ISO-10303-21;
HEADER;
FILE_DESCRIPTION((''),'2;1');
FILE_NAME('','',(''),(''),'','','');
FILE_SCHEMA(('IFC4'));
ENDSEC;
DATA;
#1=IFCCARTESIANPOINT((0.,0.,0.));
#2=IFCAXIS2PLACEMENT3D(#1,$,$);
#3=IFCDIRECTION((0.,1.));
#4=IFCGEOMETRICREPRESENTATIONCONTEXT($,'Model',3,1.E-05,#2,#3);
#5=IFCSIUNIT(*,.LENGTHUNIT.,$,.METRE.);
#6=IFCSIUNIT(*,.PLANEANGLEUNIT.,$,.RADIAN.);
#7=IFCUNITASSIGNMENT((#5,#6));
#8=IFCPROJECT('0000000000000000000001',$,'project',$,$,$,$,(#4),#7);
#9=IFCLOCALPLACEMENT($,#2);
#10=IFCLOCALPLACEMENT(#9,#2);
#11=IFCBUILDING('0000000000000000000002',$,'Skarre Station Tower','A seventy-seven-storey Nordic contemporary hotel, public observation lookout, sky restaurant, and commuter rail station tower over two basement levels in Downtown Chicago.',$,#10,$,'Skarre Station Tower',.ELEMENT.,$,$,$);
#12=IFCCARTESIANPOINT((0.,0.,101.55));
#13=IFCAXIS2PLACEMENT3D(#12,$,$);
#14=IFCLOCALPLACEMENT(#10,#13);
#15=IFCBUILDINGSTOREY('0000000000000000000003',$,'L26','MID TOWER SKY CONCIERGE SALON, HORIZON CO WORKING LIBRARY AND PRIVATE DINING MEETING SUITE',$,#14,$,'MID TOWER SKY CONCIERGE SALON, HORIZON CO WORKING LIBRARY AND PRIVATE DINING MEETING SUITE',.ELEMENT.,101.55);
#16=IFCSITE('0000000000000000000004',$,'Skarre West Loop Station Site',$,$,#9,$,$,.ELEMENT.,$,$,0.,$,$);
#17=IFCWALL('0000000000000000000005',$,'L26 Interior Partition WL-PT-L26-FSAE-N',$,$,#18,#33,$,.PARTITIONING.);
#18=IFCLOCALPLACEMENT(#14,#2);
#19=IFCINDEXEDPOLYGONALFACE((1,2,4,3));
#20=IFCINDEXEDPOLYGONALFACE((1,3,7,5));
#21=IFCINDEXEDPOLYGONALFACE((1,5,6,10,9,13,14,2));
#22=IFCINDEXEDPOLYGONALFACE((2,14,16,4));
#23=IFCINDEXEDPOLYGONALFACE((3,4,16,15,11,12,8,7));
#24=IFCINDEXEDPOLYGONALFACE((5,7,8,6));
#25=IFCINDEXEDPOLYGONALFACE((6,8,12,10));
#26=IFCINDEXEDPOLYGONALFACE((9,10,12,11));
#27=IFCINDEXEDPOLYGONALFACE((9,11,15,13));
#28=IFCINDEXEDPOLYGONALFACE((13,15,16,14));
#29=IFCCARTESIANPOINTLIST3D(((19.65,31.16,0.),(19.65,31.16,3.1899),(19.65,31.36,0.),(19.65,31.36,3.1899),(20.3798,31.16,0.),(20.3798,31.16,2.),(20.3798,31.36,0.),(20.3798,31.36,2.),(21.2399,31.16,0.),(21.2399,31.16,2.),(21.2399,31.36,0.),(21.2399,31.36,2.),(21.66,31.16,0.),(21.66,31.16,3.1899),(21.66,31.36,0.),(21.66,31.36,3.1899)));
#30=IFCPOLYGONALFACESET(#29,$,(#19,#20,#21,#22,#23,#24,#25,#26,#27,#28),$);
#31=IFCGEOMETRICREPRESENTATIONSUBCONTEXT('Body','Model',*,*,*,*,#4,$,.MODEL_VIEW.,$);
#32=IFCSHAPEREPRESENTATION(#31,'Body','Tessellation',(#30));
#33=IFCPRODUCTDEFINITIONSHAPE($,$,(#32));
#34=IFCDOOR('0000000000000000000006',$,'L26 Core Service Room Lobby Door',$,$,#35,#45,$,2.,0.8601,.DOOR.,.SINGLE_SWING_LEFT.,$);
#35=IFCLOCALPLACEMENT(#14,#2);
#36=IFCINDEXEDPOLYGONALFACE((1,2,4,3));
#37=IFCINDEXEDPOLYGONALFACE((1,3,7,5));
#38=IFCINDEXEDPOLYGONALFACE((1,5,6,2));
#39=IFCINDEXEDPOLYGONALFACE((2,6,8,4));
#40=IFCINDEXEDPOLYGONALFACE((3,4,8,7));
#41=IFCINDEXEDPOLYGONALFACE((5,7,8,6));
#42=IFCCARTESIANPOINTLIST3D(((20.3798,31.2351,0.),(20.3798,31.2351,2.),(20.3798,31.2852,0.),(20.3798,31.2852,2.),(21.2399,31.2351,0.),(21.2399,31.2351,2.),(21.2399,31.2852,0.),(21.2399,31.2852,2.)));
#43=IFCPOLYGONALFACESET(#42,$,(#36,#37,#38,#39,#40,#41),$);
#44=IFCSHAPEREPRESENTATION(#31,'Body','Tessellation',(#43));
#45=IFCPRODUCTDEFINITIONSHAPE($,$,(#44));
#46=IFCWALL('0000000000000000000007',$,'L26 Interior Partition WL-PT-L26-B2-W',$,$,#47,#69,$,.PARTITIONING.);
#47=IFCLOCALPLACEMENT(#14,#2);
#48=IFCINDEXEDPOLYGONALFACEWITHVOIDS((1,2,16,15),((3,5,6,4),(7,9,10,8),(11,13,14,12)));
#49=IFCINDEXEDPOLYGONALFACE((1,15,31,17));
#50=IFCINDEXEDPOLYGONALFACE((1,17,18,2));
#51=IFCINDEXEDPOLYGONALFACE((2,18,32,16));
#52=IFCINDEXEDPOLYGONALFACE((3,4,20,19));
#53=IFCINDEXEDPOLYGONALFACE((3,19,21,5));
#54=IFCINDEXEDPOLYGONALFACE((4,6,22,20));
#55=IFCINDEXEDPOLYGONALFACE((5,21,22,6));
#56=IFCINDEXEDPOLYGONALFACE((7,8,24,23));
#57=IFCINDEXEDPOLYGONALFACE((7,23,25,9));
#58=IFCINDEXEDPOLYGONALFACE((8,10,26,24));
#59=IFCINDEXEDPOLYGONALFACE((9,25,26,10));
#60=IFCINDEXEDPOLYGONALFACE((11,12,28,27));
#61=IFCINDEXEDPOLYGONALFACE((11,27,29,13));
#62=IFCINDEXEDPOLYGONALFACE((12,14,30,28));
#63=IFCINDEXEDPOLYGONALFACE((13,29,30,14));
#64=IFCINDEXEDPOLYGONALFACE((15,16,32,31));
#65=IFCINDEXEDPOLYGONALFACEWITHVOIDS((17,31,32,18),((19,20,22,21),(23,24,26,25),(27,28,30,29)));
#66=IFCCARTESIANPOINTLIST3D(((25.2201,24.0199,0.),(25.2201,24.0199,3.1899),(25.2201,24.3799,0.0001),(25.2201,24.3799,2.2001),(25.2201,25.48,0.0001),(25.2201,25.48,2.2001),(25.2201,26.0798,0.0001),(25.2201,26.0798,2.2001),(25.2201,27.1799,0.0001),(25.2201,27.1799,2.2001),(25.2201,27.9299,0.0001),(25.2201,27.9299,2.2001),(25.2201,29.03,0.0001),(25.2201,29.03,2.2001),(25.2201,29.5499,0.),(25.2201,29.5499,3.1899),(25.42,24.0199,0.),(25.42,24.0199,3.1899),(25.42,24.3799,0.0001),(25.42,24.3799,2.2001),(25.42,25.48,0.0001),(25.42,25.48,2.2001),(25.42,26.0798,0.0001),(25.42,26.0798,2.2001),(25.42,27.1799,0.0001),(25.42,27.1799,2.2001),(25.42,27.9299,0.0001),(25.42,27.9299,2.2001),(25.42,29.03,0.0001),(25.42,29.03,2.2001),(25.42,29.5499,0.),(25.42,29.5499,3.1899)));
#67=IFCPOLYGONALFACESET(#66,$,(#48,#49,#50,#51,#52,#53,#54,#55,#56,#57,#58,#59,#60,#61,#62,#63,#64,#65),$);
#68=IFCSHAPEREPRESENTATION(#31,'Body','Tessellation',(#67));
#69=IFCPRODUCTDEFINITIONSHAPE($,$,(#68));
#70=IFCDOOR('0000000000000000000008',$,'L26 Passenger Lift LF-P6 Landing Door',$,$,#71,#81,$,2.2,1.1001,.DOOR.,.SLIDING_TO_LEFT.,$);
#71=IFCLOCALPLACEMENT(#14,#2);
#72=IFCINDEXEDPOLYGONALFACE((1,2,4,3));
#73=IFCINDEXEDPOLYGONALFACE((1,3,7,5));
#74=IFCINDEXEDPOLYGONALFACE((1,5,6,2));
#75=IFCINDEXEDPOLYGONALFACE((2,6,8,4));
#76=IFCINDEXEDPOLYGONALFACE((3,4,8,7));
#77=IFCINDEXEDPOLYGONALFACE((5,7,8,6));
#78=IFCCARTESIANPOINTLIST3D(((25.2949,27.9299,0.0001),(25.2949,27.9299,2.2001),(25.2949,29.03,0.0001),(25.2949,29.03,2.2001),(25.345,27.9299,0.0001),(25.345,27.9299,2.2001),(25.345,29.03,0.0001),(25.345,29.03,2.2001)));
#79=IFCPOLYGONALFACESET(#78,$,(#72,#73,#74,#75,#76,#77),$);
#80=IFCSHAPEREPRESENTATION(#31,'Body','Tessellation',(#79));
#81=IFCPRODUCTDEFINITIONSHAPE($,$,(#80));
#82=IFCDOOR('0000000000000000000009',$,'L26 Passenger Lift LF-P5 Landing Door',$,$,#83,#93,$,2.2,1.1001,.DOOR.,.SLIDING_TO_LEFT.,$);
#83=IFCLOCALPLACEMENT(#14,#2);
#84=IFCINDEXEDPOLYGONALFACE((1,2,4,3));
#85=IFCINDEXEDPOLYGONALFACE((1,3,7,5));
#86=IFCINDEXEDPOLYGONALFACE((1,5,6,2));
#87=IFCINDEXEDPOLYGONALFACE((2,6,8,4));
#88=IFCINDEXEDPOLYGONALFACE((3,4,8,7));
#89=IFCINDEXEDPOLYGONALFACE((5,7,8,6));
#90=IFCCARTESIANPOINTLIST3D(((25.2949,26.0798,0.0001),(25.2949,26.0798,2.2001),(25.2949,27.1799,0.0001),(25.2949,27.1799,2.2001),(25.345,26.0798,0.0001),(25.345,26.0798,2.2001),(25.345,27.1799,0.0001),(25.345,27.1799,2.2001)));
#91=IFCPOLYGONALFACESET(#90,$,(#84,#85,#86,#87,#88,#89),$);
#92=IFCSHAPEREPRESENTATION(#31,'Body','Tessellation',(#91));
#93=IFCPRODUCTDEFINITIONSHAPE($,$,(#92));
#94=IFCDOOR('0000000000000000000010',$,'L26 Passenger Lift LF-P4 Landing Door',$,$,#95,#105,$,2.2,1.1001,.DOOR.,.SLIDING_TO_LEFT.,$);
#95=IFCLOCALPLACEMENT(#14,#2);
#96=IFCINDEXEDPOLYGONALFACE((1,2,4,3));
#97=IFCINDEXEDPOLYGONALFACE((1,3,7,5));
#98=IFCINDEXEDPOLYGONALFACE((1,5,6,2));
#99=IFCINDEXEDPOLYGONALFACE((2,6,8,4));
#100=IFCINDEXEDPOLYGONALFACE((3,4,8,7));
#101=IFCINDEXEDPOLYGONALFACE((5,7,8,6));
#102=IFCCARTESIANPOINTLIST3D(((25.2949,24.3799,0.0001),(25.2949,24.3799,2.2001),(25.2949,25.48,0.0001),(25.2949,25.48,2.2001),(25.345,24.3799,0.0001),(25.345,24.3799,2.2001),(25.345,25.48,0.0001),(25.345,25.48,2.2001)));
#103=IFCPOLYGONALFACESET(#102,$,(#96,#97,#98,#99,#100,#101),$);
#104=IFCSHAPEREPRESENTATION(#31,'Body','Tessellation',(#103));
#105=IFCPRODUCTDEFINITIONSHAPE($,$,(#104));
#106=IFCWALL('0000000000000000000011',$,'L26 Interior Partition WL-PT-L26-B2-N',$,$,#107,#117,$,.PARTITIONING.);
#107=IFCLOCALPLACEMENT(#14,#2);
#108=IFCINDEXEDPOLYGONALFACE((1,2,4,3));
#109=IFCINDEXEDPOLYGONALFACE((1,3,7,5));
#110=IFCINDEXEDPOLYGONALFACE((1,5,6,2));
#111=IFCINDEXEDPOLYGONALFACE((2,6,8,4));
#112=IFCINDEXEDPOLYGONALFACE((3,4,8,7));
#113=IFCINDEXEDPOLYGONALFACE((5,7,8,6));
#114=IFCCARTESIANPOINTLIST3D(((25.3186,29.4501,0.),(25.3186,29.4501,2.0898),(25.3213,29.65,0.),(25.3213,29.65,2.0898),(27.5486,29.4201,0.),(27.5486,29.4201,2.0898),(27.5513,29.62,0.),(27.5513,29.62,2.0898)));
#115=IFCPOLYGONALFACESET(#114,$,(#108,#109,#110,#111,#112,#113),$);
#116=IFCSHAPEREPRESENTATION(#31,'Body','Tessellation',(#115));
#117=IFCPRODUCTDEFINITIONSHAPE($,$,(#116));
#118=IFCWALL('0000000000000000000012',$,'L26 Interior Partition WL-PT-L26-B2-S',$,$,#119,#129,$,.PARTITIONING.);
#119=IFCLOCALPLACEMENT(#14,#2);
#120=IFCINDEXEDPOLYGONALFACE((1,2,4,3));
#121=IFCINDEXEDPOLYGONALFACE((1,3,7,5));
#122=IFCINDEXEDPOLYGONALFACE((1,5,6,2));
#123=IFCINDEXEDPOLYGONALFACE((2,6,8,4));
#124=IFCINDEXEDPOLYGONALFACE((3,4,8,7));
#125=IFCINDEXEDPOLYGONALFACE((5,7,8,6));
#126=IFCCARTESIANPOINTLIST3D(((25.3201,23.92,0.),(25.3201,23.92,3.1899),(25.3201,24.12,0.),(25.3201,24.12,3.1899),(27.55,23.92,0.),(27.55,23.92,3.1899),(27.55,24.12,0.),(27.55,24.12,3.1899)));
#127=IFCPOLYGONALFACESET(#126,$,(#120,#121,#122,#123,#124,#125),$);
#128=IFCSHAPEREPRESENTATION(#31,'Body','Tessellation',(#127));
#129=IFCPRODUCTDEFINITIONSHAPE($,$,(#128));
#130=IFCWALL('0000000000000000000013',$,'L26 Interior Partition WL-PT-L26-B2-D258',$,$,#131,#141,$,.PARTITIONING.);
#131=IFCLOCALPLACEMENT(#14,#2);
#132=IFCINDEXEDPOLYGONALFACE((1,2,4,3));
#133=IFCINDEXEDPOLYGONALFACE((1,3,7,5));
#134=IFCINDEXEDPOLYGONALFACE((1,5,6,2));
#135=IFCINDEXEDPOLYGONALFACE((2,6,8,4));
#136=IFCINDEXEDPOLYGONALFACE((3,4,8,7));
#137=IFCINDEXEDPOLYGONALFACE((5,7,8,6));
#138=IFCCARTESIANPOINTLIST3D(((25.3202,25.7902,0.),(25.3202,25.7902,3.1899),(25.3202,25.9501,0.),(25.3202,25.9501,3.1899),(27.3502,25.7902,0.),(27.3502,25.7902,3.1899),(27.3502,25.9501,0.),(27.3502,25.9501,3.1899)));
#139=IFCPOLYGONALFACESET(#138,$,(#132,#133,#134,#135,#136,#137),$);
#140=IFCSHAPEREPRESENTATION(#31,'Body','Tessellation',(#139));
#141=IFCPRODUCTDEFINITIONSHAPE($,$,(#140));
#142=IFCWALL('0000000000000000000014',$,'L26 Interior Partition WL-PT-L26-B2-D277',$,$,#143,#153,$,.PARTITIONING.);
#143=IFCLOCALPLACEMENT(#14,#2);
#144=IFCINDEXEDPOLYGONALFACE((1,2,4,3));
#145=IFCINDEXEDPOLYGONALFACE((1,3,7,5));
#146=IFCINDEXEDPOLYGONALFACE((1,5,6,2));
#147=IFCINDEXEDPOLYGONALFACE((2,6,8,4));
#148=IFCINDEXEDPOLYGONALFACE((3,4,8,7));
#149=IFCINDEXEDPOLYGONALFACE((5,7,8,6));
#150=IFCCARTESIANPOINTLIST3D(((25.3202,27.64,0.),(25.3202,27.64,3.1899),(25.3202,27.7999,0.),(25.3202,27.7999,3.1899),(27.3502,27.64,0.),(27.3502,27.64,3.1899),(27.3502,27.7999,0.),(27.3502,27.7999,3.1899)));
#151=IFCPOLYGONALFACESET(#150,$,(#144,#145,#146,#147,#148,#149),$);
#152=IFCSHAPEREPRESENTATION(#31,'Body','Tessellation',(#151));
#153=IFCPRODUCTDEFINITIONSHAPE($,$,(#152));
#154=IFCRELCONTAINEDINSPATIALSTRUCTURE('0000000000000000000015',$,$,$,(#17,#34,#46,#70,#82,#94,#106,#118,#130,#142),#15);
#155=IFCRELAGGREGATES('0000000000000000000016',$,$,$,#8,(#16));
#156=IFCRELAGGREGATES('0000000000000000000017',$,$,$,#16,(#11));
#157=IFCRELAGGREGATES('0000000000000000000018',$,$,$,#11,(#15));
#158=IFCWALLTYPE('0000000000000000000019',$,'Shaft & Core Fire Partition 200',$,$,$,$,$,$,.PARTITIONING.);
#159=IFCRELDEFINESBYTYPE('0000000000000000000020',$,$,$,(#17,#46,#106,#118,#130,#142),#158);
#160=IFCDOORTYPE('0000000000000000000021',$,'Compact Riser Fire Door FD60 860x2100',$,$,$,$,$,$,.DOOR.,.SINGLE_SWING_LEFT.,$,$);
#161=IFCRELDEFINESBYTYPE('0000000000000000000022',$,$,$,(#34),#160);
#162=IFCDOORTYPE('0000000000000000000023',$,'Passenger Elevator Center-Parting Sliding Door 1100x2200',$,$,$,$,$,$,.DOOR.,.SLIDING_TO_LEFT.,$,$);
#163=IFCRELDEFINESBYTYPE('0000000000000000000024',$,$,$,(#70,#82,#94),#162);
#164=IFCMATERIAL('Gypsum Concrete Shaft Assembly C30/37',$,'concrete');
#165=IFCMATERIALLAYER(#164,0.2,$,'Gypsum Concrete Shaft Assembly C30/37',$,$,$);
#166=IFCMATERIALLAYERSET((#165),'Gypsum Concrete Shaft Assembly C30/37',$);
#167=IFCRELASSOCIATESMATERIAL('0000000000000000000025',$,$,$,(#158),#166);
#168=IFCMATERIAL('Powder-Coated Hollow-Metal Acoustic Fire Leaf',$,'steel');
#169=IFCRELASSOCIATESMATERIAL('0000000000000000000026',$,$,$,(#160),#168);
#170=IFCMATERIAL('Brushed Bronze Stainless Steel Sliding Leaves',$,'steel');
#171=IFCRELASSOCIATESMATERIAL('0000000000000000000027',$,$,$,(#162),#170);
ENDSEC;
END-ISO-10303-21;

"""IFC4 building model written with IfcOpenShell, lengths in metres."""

from ifc_helpers import new_model, si_unit, direction, frame, frame_2d, origin, place, context, subcontext, project, spatial, rectangle, extrude, material, layer, layer_set, type_object, element, fill, save


model = new_model("IFC4")

# Units and contexts
model_context = context("Model", 3, precision=1e-05, world=origin(), true_north=direction((0.0, 1.0)))
body_context = subcontext(model_context, "Body", "Model", "MODEL_VIEW")
ifc_project = project(units=[si_unit("LENGTHUNIT", "METRE"), si_unit("PLANEANGLEUNIT", "RADIAN")], contexts=[model_context])

# Site, building, storey
site_placement = place(None, origin())
site = spatial("IfcSite", under=ifc_project, at=site_placement, Name="Skarre West Loop Station Site", CompositionType="ELEMENT", RefElevation=0.0)
building_placement = place(site_placement, origin())
building = spatial("IfcBuilding", under=site, at=building_placement, Name="Skarre Station Tower", Description="A seventy-seven-storey Nordic contemporary hotel, public observation lookout, sky restaurant, and commuter rail station tower over two basement levels in Downtown Chicago.", LongName="Skarre Station Tower", CompositionType="ELEMENT")
storey_placement = place(building_placement, frame((0.0, 0.0, 101.55)))
storey = spatial("IfcBuildingStorey", under=building, at=storey_placement, Name="L26", Description="MID TOWER SKY CONCIERGE SALON, HORIZON CO WORKING LIBRARY AND PRIVATE DINING MEETING SUITE", LongName="MID TOWER SKY CONCIERGE SALON, HORIZON CO WORKING LIBRARY AND PRIVATE DINING MEETING SUITE", CompositionType="ELEMENT", Elevation=101.55)

# Shared definitions
ifc_material_1 = material(Name="Powder-Coated Hollow-Metal Acoustic Fire Leaf", Category="steel")

# Wall, opening, door
ifc_material_2 = material(Name="Gypsum Concrete Shaft Assembly C30/37", Category="concrete")
ifc_layer_1 = layer(ifc_material_2, 0.2, Name="Gypsum Concrete Shaft Assembly C30/37")
ifc_layer_set_1 = layer_set([ifc_layer_1], Name="Gypsum Concrete Shaft Assembly C30/37")
wall_type_1 = type_object("IfcWallType", Name="Shaft & Core Fire Partition 200", PredefinedType="PARTITIONING", material=ifc_layer_set_1)
wall_1_placement = place(storey_placement, frame((21.6599, 31.26, 0.0), z_axis=(0.0, 0.0, 1.0), x_axis=(-1.0, 0.0, 0.0)))
wall_1 = element("IfcWall", 1, at=wall_1_placement, inside=storey, type_object=wall_type_1, Name="L26 Interior Partition WL-PT-L26-FSAE-N", PredefinedType="PARTITIONING", context=body_context, shape_type="SweptSolid", body=[
    extrude(rectangle(XDim=2.01, YDim=0.2, at=frame_2d((1.0049, 0.0))), origin(), (0.0, 0.0, 1.0), 3.1899),
])
opening_1_placement = place(wall_1_placement, frame((0.4199, 0.0, 0.0)))
opening_1 = element("IfcOpeningElement", 2, at=opening_1_placement, cuts=wall_1, PredefinedType="OPENING", context=body_context, shape_type="SweptSolid", body=[
    extrude(rectangle(XDim=0.8601, YDim=2.0, at=frame_2d((0.4302, 1.0))), frame((0.0, 0.1099, 0.0), z_axis=(0.0, -1.0, 0.0), x_axis=(1.0, 0.0, 0.0)), (0.0, 0.0, 1.0), 0.22),
])
door_type_1 = type_object("IfcDoorType", Name="Compact Riser Fire Door FD60 860x2100", OperationType="SINGLE_SWING_LEFT", PredefinedType="DOOR", material=ifc_material_1)
door_1_placement = place(opening_1_placement, origin())
door_1 = element("IfcDoor", 3, at=door_1_placement, inside=storey, type_object=door_type_1, Name="L26 Core Service Room Lobby Door", OperationType="SINGLE_SWING_LEFT", OverallHeight=2.0, OverallWidth=0.8601, PredefinedType="DOOR", context=body_context, shape_type="SweptSolid", body=[
    extrude(rectangle(XDim=0.8601, YDim=2.0, at=frame_2d((0.4302, 1.0))), frame((0.0, 0.0249, 0.0), z_axis=(0.0, -1.0, 0.0), x_axis=(1.0, 0.0, 0.0)), (0.0, 0.0, 1.0), 0.05),
])
fill(opening_1, door_1)

# Wall, openings, doors
wall_2_placement = place(storey_placement, frame((25.3201, 29.55, 0.0), z_axis=(0.0, 0.0, 1.0), x_axis=(0.0, -1.0, 0.0)))
wall_2 = element("IfcWall", 4, at=wall_2_placement, inside=storey, type_object=wall_type_1, Name="L26 Interior Partition WL-PT-L26-B2-W", PredefinedType="PARTITIONING", context=body_context, shape_type="SweptSolid", body=[
    extrude(rectangle(XDim=5.53, YDim=0.2, at=frame_2d((2.7651, 0.0))), origin(), (0.0, 0.0, 1.0), 3.1899),
])
opening_2_placement = place(wall_2_placement, frame((0.52, 0.0, 0.0)))
opening_2 = element("IfcOpeningElement", 5, at=opening_2_placement, cuts=wall_2, PredefinedType="OPENING", context=body_context, shape_type="SweptSolid", body=[
    extrude(rectangle(XDim=1.1001, YDim=2.2, at=frame_2d((0.55, 1.1001))), frame((0.0, 0.1099, 0.0), z_axis=(0.0, -1.0, 0.0), x_axis=(1.0, 0.0, 0.0)), (0.0, 0.0, 1.0), 0.22),
])
opening_3_placement = place(wall_2_placement, frame((2.3701, 0.0, 0.0)))
opening_3 = element("IfcOpeningElement", 6, at=opening_3_placement, cuts=wall_2, PredefinedType="OPENING", context=body_context, shape_type="SweptSolid", body=[
    extrude(rectangle(XDim=1.1001, YDim=2.2, at=frame_2d((0.55, 1.1001))), frame((0.0, 0.1099, 0.0), z_axis=(0.0, -1.0, 0.0), x_axis=(1.0, 0.0, 0.0)), (0.0, 0.0, 1.0), 0.22),
])
opening_4_placement = place(wall_2_placement, frame((4.0701, 0.0, 0.0)))
opening_4 = element("IfcOpeningElement", 7, at=opening_4_placement, cuts=wall_2, PredefinedType="OPENING", context=body_context, shape_type="SweptSolid", body=[
    extrude(rectangle(XDim=1.1001, YDim=2.2, at=frame_2d((0.55, 1.1001))), frame((0.0, 0.1099, 0.0), z_axis=(0.0, -1.0, 0.0), x_axis=(1.0, 0.0, 0.0)), (0.0, 0.0, 1.0), 0.22),
])
ifc_material_3 = material(Name="Brushed Bronze Stainless Steel Sliding Leaves", Category="steel")
door_type_2 = type_object("IfcDoorType", Name="Passenger Elevator Center-Parting Sliding Door 1100x2200", OperationType="SLIDING_TO_LEFT", PredefinedType="DOOR", material=ifc_material_3)
door_2_placement = place(opening_2_placement, origin())
door_2 = element("IfcDoor", 8, at=door_2_placement, inside=storey, type_object=door_type_2, Name="L26 Passenger Lift LF-P6 Landing Door", OperationType="SLIDING_TO_LEFT", OverallHeight=2.2, OverallWidth=1.1001, PredefinedType="DOOR", context=body_context, shape_type="SweptSolid", body=[
    extrude(rectangle(XDim=1.1001, YDim=2.2, at=frame_2d((0.55, 1.1001))), frame((0.0, 0.0249, 0.0), z_axis=(0.0, -1.0, 0.0), x_axis=(1.0, 0.0, 0.0)), (0.0, 0.0, 1.0), 0.05),
])
fill(opening_2, door_2)
door_3_placement = place(opening_3_placement, origin())
door_3 = element("IfcDoor", 9, at=door_3_placement, inside=storey, type_object=door_type_2, Name="L26 Passenger Lift LF-P5 Landing Door", OperationType="SLIDING_TO_LEFT", OverallHeight=2.2, OverallWidth=1.1001, PredefinedType="DOOR", context=body_context, shape_type="SweptSolid", body=[
    extrude(rectangle(XDim=1.1001, YDim=2.2, at=frame_2d((0.55, 1.1001))), frame((0.0, 0.0249, 0.0), z_axis=(0.0, -1.0, 0.0), x_axis=(1.0, 0.0, 0.0)), (0.0, 0.0, 1.0), 0.05),
])
fill(opening_3, door_3)
door_4_placement = place(opening_4_placement, origin())
door_4 = element("IfcDoor", 10, at=door_4_placement, inside=storey, type_object=door_type_2, Name="L26 Passenger Lift LF-P4 Landing Door", OperationType="SLIDING_TO_LEFT", OverallHeight=2.2, OverallWidth=1.1001, PredefinedType="DOOR", context=body_context, shape_type="SweptSolid", body=[
    extrude(rectangle(XDim=1.1001, YDim=2.2, at=frame_2d((0.55, 1.1001))), frame((0.0, 0.0249, 0.0), z_axis=(0.0, -1.0, 0.0), x_axis=(1.0, 0.0, 0.0)), (0.0, 0.0, 1.0), 0.05),
])
fill(opening_4, door_4)

# Walls
wall_3_placement = place(storey_placement, frame((27.55, 29.52, 0.0), z_axis=(0.0, 0.0, 1.0), x_axis=(-0.999909, 0.013465, 0.0)))
element("IfcWall", 11, at=wall_3_placement, inside=storey, type_object=wall_type_1, Name="L26 Interior Partition WL-PT-L26-B2-N", PredefinedType="PARTITIONING", context=body_context, shape_type="SweptSolid", body=[
    extrude(rectangle(XDim=2.2302, YDim=0.2, at=frame_2d((1.1152, 0.0))), origin(), (0.0, 0.0, 1.0), 2.0898),
])
wall_4_placement = place(storey_placement, frame((25.3201, 24.02, 0.0), z_axis=(0.0, 0.0, 1.0), x_axis=(1.0, 0.0, 0.0)))
element("IfcWall", 12, at=wall_4_placement, inside=storey, type_object=wall_type_1, Name="L26 Interior Partition WL-PT-L26-B2-S", PredefinedType="PARTITIONING", context=body_context, shape_type="SweptSolid", body=[
    extrude(rectangle(XDim=2.23, YDim=0.2, at=frame_2d((1.115, 0.0))), origin(), (0.0, 0.0, 1.0), 3.1899),
])
for number, where, z_axis, x_axis, name in (
    (13, (25.3201, 25.8701, 0.0), (0.0, 0.0, 1.0), (1.0, 0.0, 0.0), "L26 Interior Partition WL-PT-L26-B2-D258"),
    (14, (25.3201, 27.72, 0.0), (0.0, 0.0, 1.0), (1.0, 0.0, 0.0), "L26 Interior Partition WL-PT-L26-B2-D277"),
):
    element("IfcWall", number, at=place(storey_placement, frame(where, z_axis=z_axis, x_axis=x_axis)), inside=storey, type_object=wall_type_1, Name=name, PredefinedType="PARTITIONING", context=body_context, shape_type="SweptSolid", body=[
        extrude(rectangle(XDim=2.03, YDim=0.1599, at=frame_2d((1.0151, 0.0))), origin(), (0.0, 0.0, 1.0), 3.1899),
    ])

save(model, "model.ifc")
